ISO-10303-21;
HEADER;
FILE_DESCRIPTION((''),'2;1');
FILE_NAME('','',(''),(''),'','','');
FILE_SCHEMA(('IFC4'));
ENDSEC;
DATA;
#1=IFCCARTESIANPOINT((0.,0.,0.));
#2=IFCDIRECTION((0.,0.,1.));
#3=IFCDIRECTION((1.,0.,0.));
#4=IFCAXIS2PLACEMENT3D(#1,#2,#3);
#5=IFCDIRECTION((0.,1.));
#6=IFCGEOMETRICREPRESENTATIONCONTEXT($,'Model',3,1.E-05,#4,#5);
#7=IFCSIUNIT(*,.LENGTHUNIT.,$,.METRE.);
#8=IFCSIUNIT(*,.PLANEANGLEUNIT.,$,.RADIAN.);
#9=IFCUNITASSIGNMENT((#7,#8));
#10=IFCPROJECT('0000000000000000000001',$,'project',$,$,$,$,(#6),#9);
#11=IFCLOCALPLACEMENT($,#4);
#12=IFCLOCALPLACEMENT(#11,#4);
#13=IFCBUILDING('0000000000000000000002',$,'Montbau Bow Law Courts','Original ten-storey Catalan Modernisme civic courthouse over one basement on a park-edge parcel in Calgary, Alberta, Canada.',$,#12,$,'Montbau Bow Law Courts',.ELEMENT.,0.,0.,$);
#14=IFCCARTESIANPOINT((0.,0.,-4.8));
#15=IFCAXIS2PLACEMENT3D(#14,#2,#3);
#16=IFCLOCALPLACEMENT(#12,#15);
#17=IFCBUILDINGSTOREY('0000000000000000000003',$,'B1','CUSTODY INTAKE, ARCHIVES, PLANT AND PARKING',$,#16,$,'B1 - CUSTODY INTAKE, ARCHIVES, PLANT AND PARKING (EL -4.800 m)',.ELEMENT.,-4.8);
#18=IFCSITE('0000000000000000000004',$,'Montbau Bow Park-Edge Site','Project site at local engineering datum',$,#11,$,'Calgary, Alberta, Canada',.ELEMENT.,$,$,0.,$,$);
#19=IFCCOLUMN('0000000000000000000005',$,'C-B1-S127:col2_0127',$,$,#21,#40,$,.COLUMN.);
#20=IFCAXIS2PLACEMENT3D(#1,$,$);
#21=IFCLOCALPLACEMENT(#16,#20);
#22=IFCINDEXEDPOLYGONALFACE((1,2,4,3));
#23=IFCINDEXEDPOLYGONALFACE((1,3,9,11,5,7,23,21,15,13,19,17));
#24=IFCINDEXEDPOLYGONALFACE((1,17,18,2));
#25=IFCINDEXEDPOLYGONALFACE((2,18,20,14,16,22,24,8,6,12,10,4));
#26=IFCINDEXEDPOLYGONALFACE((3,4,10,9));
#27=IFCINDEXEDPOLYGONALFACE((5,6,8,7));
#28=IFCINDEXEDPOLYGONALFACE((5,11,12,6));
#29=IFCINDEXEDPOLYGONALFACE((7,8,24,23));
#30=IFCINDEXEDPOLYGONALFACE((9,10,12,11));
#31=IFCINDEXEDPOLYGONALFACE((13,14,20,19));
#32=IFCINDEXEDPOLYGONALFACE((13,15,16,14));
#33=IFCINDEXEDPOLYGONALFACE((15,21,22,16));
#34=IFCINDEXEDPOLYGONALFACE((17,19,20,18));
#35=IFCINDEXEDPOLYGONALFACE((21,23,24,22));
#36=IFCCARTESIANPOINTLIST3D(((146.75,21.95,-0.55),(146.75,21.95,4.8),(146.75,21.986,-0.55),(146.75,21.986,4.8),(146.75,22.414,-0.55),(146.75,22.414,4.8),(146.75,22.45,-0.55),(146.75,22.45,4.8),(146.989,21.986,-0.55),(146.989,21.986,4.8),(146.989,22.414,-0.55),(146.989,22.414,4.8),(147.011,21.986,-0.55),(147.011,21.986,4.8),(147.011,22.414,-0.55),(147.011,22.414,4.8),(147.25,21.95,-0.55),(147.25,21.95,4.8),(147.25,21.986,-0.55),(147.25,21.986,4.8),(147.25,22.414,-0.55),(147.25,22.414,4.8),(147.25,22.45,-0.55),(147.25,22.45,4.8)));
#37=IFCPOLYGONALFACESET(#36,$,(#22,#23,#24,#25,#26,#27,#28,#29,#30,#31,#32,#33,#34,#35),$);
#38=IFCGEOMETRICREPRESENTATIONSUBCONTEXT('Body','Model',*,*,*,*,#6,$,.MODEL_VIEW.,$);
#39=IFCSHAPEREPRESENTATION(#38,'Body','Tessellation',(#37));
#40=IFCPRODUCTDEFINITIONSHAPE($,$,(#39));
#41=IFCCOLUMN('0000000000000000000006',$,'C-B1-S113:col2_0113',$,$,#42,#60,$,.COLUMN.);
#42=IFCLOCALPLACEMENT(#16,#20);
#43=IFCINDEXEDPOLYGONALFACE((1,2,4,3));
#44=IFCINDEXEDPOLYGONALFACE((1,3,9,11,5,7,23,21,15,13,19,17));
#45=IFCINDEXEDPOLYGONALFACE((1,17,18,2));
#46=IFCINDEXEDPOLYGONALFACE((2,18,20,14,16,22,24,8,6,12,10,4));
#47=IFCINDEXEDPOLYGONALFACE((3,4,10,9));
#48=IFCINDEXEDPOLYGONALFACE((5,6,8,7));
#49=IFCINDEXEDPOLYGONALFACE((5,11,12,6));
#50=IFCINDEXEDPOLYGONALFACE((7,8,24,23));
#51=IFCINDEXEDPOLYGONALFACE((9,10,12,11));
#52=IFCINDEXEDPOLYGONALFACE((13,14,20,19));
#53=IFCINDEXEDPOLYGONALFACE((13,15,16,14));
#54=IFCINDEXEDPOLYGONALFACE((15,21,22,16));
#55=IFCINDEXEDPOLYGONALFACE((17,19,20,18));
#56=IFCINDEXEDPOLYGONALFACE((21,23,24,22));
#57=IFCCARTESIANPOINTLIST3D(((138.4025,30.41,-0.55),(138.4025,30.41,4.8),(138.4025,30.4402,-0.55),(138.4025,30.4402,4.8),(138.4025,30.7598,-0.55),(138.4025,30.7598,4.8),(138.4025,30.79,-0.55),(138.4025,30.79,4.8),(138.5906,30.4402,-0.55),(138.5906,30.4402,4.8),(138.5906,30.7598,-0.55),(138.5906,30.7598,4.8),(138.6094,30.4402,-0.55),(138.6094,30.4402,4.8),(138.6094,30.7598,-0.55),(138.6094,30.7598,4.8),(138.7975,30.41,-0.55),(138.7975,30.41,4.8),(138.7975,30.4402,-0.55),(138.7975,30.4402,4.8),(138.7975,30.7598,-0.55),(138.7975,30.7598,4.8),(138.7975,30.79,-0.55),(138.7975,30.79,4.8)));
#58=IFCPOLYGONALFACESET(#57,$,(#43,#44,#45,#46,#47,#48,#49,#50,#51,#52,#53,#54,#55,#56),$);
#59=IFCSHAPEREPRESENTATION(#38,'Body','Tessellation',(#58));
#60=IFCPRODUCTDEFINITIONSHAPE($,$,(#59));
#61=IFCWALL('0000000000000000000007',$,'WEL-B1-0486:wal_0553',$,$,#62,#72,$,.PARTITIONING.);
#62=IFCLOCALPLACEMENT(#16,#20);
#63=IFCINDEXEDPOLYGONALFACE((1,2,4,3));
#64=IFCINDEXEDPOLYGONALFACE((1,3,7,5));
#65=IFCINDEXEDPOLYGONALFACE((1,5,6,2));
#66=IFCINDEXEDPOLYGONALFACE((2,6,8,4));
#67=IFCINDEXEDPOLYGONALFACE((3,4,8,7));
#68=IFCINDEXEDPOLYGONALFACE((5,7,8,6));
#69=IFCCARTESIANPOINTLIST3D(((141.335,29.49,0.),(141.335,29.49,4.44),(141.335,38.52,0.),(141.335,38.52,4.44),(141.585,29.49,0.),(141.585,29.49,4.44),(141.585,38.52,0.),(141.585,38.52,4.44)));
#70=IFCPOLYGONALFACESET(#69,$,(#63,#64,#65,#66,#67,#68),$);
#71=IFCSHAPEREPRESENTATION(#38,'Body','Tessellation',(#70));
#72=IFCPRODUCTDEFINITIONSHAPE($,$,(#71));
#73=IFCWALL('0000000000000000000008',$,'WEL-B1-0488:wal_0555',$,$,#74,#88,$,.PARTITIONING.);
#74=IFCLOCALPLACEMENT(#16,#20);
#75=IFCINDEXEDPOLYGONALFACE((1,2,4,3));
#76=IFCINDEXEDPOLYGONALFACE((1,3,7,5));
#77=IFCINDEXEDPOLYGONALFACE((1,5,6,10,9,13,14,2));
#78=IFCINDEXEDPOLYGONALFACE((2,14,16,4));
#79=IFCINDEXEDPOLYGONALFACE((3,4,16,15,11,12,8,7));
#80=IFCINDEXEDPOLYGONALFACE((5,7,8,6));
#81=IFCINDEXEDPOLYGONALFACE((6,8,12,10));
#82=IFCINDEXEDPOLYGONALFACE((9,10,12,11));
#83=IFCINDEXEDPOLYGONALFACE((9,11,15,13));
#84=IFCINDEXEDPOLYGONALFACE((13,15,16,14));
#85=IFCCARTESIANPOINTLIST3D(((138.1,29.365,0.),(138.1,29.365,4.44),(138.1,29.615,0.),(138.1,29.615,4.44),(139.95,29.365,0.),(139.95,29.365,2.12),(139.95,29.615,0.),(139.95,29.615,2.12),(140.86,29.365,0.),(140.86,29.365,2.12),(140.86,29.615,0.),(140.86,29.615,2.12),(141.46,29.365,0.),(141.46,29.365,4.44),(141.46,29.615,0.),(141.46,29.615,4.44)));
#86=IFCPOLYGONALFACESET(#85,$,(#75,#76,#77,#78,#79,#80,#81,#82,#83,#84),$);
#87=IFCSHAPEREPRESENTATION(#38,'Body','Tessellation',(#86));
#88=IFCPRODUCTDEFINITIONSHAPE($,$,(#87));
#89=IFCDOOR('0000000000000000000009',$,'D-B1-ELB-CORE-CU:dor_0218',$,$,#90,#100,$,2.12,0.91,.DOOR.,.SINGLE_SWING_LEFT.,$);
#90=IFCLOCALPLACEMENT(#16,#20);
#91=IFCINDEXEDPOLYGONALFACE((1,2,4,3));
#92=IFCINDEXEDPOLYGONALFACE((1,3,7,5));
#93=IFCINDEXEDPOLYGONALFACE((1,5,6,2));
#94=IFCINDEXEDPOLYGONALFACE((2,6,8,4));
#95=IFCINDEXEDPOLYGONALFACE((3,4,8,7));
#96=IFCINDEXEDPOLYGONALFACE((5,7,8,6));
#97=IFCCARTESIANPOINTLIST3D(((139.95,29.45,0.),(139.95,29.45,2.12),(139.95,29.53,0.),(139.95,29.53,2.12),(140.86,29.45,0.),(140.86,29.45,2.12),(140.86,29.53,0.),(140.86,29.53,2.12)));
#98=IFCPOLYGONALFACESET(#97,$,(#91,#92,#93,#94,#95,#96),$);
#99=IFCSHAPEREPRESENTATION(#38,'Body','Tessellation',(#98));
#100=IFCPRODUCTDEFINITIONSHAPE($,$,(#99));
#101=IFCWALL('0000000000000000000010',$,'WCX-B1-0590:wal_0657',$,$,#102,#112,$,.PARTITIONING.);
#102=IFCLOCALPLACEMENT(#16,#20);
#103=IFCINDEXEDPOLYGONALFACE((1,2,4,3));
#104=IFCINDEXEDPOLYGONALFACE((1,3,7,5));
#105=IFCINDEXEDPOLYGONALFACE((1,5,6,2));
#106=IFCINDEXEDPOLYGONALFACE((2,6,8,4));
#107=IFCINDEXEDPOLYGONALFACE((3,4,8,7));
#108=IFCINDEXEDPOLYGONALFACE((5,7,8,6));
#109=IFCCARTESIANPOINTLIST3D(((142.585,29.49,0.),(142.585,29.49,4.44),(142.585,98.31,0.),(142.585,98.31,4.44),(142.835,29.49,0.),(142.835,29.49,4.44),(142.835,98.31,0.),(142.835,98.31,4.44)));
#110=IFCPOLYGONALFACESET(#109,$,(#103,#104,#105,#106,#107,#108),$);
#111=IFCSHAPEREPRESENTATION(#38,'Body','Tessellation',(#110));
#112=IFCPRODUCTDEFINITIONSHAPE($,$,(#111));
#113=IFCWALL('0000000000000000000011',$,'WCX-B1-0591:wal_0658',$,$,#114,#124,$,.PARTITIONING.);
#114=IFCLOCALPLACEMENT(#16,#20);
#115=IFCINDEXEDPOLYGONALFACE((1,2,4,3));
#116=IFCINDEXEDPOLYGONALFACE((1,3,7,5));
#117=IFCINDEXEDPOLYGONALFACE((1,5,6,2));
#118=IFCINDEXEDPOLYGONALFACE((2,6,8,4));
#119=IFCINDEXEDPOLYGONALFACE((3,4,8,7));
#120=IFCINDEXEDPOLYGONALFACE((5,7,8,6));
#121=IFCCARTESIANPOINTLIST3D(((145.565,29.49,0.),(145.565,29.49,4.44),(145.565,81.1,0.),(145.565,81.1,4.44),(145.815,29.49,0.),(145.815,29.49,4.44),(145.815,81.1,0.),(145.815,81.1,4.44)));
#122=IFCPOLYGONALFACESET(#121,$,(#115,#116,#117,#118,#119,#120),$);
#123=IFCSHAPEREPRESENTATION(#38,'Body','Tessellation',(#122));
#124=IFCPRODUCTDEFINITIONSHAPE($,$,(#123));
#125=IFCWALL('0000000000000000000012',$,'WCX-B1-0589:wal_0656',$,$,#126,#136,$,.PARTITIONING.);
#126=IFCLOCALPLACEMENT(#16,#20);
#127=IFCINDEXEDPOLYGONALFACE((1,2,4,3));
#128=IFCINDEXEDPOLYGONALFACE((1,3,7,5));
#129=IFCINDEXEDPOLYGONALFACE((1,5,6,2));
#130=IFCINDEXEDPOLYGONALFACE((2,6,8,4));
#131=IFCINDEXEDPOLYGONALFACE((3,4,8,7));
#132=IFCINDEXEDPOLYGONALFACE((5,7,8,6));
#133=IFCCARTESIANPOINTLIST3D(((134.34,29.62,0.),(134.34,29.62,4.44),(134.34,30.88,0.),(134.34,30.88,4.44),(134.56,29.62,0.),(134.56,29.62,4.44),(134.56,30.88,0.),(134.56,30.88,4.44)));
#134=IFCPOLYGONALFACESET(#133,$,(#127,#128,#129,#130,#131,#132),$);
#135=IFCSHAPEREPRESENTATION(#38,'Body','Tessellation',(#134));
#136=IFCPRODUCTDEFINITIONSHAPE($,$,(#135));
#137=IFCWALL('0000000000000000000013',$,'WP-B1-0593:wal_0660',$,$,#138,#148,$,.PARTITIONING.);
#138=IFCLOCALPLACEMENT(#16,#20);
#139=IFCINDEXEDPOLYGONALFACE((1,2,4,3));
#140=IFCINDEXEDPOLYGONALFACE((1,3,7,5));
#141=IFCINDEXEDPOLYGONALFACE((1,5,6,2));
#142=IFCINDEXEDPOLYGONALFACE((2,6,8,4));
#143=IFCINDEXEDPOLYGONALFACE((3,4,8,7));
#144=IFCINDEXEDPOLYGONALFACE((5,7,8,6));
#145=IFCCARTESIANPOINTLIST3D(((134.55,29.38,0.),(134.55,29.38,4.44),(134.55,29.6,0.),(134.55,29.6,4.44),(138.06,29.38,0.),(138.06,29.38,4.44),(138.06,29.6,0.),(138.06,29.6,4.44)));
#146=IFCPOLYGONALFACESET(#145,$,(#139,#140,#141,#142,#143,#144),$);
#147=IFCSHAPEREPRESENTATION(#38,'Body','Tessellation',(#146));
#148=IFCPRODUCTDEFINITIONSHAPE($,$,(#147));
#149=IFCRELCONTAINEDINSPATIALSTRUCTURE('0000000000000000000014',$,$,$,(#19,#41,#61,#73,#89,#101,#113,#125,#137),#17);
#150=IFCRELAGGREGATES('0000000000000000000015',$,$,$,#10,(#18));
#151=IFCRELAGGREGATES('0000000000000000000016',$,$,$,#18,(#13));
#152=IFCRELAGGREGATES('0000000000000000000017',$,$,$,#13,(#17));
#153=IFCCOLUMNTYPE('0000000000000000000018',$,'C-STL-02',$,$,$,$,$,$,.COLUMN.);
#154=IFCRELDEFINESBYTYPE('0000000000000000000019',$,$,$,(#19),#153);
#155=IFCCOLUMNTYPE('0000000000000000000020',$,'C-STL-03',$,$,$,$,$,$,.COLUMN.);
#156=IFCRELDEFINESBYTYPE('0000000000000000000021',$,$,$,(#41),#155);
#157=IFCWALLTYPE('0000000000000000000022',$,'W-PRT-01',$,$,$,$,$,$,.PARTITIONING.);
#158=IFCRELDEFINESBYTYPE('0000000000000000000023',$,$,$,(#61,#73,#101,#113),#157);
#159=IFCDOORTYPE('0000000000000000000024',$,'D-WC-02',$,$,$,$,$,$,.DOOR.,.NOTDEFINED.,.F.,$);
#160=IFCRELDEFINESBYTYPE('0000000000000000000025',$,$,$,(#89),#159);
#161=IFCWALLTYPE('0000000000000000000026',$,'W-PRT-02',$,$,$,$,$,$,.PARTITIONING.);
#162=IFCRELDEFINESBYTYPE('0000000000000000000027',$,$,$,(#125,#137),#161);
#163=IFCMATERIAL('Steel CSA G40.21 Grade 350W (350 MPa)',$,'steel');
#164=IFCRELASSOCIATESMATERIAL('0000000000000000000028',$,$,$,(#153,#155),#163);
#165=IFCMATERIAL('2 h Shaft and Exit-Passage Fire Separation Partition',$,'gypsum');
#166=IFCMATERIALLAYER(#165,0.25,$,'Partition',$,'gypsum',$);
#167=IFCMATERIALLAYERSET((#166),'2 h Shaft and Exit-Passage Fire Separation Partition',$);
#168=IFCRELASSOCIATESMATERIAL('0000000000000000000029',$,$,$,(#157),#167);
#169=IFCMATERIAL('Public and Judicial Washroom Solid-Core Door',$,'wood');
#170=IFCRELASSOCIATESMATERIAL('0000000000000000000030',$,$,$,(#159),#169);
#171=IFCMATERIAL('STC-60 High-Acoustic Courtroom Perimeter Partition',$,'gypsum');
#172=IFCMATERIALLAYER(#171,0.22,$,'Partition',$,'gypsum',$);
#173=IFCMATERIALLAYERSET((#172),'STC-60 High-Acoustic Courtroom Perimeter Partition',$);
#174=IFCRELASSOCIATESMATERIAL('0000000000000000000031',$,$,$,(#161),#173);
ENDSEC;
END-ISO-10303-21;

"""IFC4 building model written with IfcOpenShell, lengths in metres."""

from ifc_helpers import new_model, si_unit, direction, frame, frame_2d, origin_with_axes, origin_2d_with_axis, place, context, subcontext, project, spatial, rectangle, i_section, extrude, material, layer, layer_set, material_profile, profile_set, type_object, element, fill, save


model = new_model("IFC4")

# Units and contexts
model_context = context("Model", 3, precision=1e-05, world=origin_with_axes(), true_north=direction((0.0, 1.0)))
body_context = subcontext(model_context, "Body", "Model", "MODEL_VIEW")
ifc_project = project(units=[si_unit("LENGTHUNIT", "METRE"), si_unit("PLANEANGLEUNIT", "RADIAN")], contexts=[model_context])

# Site, building, storey
site_placement = place(None, origin_with_axes())
site = spatial("IfcSite", under=ifc_project, at=site_placement, Name="Montbau Bow Park-Edge Site", Description="Project site at local engineering datum", LongName="Calgary, Alberta, Canada", CompositionType="ELEMENT", RefElevation=0.0)
building_placement = place(site_placement, origin_with_axes())
building = spatial("IfcBuilding", under=site, at=building_placement, Name="Montbau Bow Law Courts", Description="Original ten-storey Catalan Modernisme civic courthouse over one basement on a park-edge parcel in Calgary, Alberta, Canada.", LongName="Montbau Bow Law Courts", CompositionType="ELEMENT", ElevationOfRefHeight=0.0, ElevationOfTerrain=0.0)
storey_placement = place(building_placement, frame((0.0, 0.0, -4.8), z_axis=(0.0, 0.0, 1.0), x_axis=(1.0, 0.0, 0.0)))
storey = spatial("IfcBuildingStorey", under=building, at=storey_placement, Name="B1", Description="CUSTODY INTAKE, ARCHIVES, PLANT AND PARKING", LongName="B1 - CUSTODY INTAKE, ARCHIVES, PLANT AND PARKING (EL -4.800 m)", CompositionType="ELEMENT", Elevation=-4.8)

# Columns
ifc_material_1 = material(Name="Steel CSA G40.21 Grade 350W (350 MPa)", Category="steel")
ifc_material_profile_1 = material_profile(ifc_material_1, i_section(OverallWidth=0.5, OverallDepth=0.5, WebThickness=0.022, FlangeThickness=0.036, at=origin_2d_with_axis()), Name="WWF500X343", Category="Main", Priority=0)
ifc_profile_set_1 = profile_set([ifc_material_profile_1], Name="Steel CSA G40.21 Grade 350W (350 MPa)")
column_type_1 = type_object("IfcColumnType", Name="C-STL-02", PredefinedType="COLUMN", material=ifc_profile_set_1)
column_1_placement = place(None, frame((147.0, 22.2, -5.35), z_axis=(0.0, 0.0, 1.0), x_axis=(1.0, 0.0, 0.0)))
element("IfcColumn", 1, at=column_1_placement, inside=storey, type_object=column_type_1, Name="C-B1-S127:col2_0127", PredefinedType="COLUMN", context=body_context, shape_type="SweptSolid", body=[
    extrude(i_section(OverallWidth=0.5, OverallDepth=0.5, WebThickness=0.022, FlangeThickness=0.036, at=origin_2d_with_axis()), origin_with_axes(), (0.0, 0.0, 1.0), 5.35),
])
ifc_material_profile_2 = material_profile(ifc_material_1, i_section(OverallWidth=0.395, OverallDepth=0.38, WebThickness=0.0189, FlangeThickness=0.0302, at=origin_2d_with_axis()), Name="W360X237", Category="Main", Priority=0)
ifc_profile_set_2 = profile_set([ifc_material_profile_2], Name="Steel CSA G40.21 Grade 350W (350 MPa)")
column_type_2 = type_object("IfcColumnType", Name="C-STL-03", PredefinedType="COLUMN", material=ifc_profile_set_2)
column_2_placement = place(None, frame((138.6, 30.6, -5.35), z_axis=(0.0, 0.0, 1.0), x_axis=(1.0, 0.0, 0.0)))
element("IfcColumn", 2, at=column_2_placement, inside=storey, type_object=column_type_2, Name="C-B1-S113:col2_0113", PredefinedType="COLUMN", context=body_context, shape_type="SweptSolid", body=[
    extrude(i_section(OverallWidth=0.395, OverallDepth=0.38, WebThickness=0.0189, FlangeThickness=0.0302, at=origin_2d_with_axis()), origin_with_axes(), (0.0, 0.0, 1.0), 5.35),
])

# Wall
ifc_material_2 = material(Name="2 h Shaft and Exit-Passage Fire Separation Partition", Category="gypsum")
ifc_layer_1 = layer(ifc_material_2, 0.25, Name="Partition", Category="gypsum")
ifc_layer_set_1 = layer_set([ifc_layer_1], Name="2 h Shaft and Exit-Passage Fire Separation Partition")
wall_type_1 = type_object("IfcWallType", Name="W-PRT-01", PredefinedType="PARTITIONING", material=ifc_layer_set_1)
wall_1_placement = place(None, frame((141.46, 29.49, -4.8), z_axis=(0.0, 0.0, 1.0), x_axis=(0.0, 1.0, 0.0)))
element("IfcWall", 3, at=wall_1_placement, inside=storey, type_object=wall_type_1, Name="WEL-B1-0486:wal_0553", PredefinedType="PARTITIONING", context=body_context, shape_type="SweptSolid", body=[
    extrude(rectangle(XDim=9.03, YDim=0.25, at=frame_2d((4.515, 0.0), x_axis=(1.0, 0.0))), origin_with_axes(), (0.0, 0.0, 1.0), 4.44),
])

# Wall, opening, door
wall_2_placement = place(None, frame((138.1, 29.49, -4.8), z_axis=(0.0, 0.0, 1.0), x_axis=(1.0, 0.0, 0.0)))
wall_2 = element("IfcWall", 4, at=wall_2_placement, inside=storey, type_object=wall_type_1, Name="WEL-B1-0488:wal_0555", PredefinedType="PARTITIONING", context=body_context, shape_type="SweptSolid", body=[
    extrude(rectangle(XDim=3.36, YDim=0.25, at=frame_2d((1.68, 0.0), x_axis=(1.0, 0.0))), origin_with_axes(), (0.0, 0.0, 1.0), 4.44),
])
opening_1_placement = place(None, frame((140.405, 29.49, -4.8), z_axis=(0.0, 0.0, 1.0), x_axis=(1.0, 0.0, 0.0)))
opening_1 = element("IfcOpeningElement", 5, at=opening_1_placement, cuts=wall_2, PredefinedType="OPENING", context=body_context, shape_type="SweptSolid", body=[
    extrude(rectangle(XDim=0.91, YDim=2.12, at=frame_2d((0.0, 1.06), x_axis=(1.0, 0.0))), frame((0.0, 0.135, 0.0), z_axis=(0.0, -1.0, 0.0), x_axis=(1.0, 0.0, 0.0)), (0.0, 0.0, 1.0), 0.27),
])
ifc_material_3 = material(Name="Public and Judicial Washroom Solid-Core Door", Category="wood")
door_type_1 = type_object("IfcDoorType", Name="D-WC-02", OperationType="NOTDEFINED", ParameterTakesPrecedence=False, PredefinedType="DOOR", material=ifc_material_3)
door_1_placement = place(None, frame((140.405, 29.49, -4.8), z_axis=(0.0, 0.0, 1.0), x_axis=(1.0, 0.0, 0.0)))
door_1 = element("IfcDoor", 6, at=door_1_placement, inside=storey, type_object=door_type_1, Name="D-B1-ELB-CORE-CU:dor_0218", OperationType="SINGLE_SWING_LEFT", OverallHeight=2.12, OverallWidth=0.91, PredefinedType="DOOR", context=body_context, shape_type="SweptSolid", body=[
    extrude(rectangle(XDim=0.91, YDim=2.12, at=frame_2d((0.0, 1.06), x_axis=(1.0, 0.0))), frame((0.0, 0.04, 0.0), z_axis=(0.0, -1.0, 0.0), x_axis=(1.0, 0.0, 0.0)), (0.0, 0.0, 1.0), 0.08),
])
fill(opening_1, door_1)

# Walls
wall_3_placement = place(None, frame((142.71, 29.49, -4.8), z_axis=(0.0, 0.0, 1.0), x_axis=(0.0, 1.0, 0.0)))
element("IfcWall", 7, at=wall_3_placement, inside=storey, type_object=wall_type_1, Name="WCX-B1-0590:wal_0657", PredefinedType="PARTITIONING", context=body_context, shape_type="SweptSolid", body=[
    extrude(rectangle(XDim=68.82, YDim=0.25, at=frame_2d((34.41, 0.0), x_axis=(1.0, 0.0))), origin_with_axes(), (0.0, 0.0, 1.0), 4.44),
])
wall_4_placement = place(None, frame((145.69, 29.49, -4.8), z_axis=(0.0, 0.0, 1.0), x_axis=(0.0, 1.0, 0.0)))
element("IfcWall", 8, at=wall_4_placement, inside=storey, type_object=wall_type_1, Name="WCX-B1-0591:wal_0658", PredefinedType="PARTITIONING", context=body_context, shape_type="SweptSolid", body=[
    extrude(rectangle(XDim=51.61, YDim=0.25, at=frame_2d((25.805, 0.0), x_axis=(1.0, 0.0))), origin_with_axes(), (0.0, 0.0, 1.0), 4.44),
])
ifc_material_4 = material(Name="STC-60 High-Acoustic Courtroom Perimeter Partition", Category="gypsum")
ifc_layer_2 = layer(ifc_material_4, 0.22, Name="Partition", Category="gypsum")
ifc_layer_set_2 = layer_set([ifc_layer_2], Name="STC-60 High-Acoustic Courtroom Perimeter Partition")
wall_type_2 = type_object("IfcWallType", Name="W-PRT-02", PredefinedType="PARTITIONING", material=ifc_layer_set_2)
wall_5_placement = place(None, frame((134.45, 29.62, -4.8), z_axis=(0.0, 0.0, 1.0), x_axis=(0.0, 1.0, 0.0)))
element("IfcWall", 9, at=wall_5_placement, inside=storey, type_object=wall_type_2, Name="WCX-B1-0589:wal_0656", PredefinedType="PARTITIONING", context=body_context, shape_type="SweptSolid", body=[
    extrude(rectangle(XDim=1.26, YDim=0.22, at=frame_2d((0.63, 0.0), x_axis=(1.0, 0.0))), origin_with_axes(), (0.0, 0.0, 1.0), 4.44),
])
wall_6_placement = place(None, frame((134.55, 29.49, -4.8), z_axis=(0.0, 0.0, 1.0), x_axis=(1.0, 0.0, 0.0)))
element("IfcWall", 10, at=wall_6_placement, inside=storey, type_object=wall_type_2, Name="WP-B1-0593:wal_0660", PredefinedType="PARTITIONING", context=body_context, shape_type="SweptSolid", body=[
    extrude(rectangle(XDim=3.51, YDim=0.22, at=frame_2d((1.755, 0.0), x_axis=(1.0, 0.0))), origin_with_axes(), (0.0, 0.0, 1.0), 4.44),
])

save(model, "model.ifc")
